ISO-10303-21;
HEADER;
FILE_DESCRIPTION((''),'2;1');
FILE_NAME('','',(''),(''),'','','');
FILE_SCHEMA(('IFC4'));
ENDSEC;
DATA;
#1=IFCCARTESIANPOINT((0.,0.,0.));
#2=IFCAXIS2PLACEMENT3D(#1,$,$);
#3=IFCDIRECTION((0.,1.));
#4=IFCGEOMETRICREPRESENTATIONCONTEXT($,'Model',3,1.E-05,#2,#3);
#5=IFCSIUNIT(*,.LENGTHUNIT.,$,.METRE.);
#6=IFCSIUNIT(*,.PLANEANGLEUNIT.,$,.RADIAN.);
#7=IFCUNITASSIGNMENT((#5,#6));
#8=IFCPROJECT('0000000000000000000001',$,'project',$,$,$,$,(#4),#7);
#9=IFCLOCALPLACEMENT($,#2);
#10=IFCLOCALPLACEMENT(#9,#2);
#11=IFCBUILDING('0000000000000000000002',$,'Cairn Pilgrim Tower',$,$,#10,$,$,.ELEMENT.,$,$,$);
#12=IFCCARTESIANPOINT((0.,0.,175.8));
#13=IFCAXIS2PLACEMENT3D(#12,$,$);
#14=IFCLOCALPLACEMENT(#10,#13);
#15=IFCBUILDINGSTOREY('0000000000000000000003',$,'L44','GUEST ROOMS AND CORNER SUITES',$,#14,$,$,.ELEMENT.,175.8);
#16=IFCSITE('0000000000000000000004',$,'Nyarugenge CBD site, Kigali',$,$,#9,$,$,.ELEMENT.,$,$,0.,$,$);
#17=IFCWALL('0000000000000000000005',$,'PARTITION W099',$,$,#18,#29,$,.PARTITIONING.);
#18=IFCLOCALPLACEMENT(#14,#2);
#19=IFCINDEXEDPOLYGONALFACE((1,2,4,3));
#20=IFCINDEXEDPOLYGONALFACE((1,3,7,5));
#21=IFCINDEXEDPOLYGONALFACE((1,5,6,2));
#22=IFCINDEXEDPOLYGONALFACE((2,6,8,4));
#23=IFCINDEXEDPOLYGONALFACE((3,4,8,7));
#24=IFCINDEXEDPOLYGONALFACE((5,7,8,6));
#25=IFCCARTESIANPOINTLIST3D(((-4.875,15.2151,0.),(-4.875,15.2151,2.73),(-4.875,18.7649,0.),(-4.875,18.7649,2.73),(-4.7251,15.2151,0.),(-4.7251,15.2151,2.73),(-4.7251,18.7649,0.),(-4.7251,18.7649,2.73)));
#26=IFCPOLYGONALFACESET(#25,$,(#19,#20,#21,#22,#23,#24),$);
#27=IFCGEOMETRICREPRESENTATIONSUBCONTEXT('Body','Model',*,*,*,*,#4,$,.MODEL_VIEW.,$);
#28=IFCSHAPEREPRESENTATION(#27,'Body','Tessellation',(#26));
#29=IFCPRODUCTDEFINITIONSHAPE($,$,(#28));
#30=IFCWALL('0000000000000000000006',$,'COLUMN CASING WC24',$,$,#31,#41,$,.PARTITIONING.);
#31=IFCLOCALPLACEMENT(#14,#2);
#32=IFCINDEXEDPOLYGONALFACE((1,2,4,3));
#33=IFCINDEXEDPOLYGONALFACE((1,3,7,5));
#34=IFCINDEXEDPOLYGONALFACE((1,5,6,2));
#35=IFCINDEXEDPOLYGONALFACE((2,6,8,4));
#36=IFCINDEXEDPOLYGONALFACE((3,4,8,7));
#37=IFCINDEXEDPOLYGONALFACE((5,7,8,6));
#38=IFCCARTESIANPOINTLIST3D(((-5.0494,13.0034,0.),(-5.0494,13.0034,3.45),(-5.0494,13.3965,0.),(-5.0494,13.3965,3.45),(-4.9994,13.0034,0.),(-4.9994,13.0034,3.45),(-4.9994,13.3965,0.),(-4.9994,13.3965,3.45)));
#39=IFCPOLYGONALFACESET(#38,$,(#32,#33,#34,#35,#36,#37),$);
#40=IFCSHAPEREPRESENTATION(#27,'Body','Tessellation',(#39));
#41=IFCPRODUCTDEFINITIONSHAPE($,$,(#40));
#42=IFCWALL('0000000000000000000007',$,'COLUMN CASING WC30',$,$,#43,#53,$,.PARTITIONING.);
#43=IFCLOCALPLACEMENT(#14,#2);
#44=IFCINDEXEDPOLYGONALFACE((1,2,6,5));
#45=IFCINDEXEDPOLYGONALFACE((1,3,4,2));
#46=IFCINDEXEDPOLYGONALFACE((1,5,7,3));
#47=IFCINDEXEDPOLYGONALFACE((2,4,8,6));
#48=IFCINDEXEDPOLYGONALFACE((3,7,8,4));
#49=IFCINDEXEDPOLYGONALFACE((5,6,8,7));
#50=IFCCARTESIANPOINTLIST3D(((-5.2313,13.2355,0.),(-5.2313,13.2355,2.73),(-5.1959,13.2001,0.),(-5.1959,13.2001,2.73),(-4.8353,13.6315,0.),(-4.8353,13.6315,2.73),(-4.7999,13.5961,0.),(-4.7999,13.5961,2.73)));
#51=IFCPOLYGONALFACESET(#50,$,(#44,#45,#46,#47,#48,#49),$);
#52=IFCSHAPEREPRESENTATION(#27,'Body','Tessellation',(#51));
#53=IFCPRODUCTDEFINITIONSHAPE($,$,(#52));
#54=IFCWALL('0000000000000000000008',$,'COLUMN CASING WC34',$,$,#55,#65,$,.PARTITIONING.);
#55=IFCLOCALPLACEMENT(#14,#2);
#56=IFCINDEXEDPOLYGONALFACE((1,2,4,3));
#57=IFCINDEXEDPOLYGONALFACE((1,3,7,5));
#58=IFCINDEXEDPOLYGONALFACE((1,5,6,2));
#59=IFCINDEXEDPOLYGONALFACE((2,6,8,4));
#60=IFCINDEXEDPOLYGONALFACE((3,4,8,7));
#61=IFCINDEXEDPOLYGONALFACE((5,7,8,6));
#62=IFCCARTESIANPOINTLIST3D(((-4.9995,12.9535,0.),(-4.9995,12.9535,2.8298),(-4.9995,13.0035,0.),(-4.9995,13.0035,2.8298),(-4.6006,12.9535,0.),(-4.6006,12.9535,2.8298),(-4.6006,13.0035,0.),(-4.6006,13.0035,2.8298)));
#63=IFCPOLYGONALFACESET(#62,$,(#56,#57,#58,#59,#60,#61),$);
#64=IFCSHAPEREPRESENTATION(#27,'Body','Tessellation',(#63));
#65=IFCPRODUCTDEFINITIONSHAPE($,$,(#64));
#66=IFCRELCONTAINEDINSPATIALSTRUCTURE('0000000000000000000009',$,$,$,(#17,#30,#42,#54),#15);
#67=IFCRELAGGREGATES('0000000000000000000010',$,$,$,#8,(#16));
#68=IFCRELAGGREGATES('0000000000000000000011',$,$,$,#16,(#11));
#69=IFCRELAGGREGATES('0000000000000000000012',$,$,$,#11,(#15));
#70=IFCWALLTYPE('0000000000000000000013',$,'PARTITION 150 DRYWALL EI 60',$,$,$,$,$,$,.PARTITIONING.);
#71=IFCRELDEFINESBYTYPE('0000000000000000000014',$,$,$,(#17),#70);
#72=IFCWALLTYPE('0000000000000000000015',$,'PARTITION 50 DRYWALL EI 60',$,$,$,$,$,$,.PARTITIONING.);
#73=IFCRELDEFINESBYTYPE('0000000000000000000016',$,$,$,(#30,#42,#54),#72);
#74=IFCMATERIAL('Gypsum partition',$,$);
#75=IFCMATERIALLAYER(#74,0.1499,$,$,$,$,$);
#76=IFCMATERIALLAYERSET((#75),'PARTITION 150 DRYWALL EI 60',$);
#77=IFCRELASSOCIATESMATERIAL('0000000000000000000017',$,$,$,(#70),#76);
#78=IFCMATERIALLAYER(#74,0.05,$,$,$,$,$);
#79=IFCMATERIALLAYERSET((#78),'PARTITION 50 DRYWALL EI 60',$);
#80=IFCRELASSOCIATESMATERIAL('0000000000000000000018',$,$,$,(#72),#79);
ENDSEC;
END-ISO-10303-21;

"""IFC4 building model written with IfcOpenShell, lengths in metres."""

from ifc_helpers import new_model, si_unit, direction, frame, frame_2d, origin, place, context, subcontext, project, spatial, rectangle, extrude, material, layer, layer_set, type_object, element, save


model = new_model("IFC4")

# Units and contexts
model_context = context("Model", 3, precision=1e-05, world=origin(), true_north=direction((0.0, 1.0)))
body_context = subcontext(model_context, "Body", "Model", "MODEL_VIEW")
ifc_project = project(units=[si_unit("LENGTHUNIT", "METRE"), si_unit("PLANEANGLEUNIT", "RADIAN")], contexts=[model_context])

# Site, building, storey
site_placement = place(None, origin())
site = spatial("IfcSite", under=ifc_project, at=site_placement, Name="Nyarugenge CBD site, Kigali", CompositionType="ELEMENT", RefElevation=0.0)
building_placement = place(site_placement, origin())
building = spatial("IfcBuilding", under=site, at=building_placement, Name="Cairn Pilgrim Tower", CompositionType="ELEMENT")
storey_placement = place(building_placement, frame((0.0, 0.0, 175.8)))
storey = spatial("IfcBuildingStorey", under=building, at=storey_placement, Name="L44", Description="GUEST ROOMS AND CORNER SUITES", CompositionType="ELEMENT", Elevation=175.8)

# Shared definitions
ifc_material_1 = material(Name="Gypsum partition")
ifc_layer_1 = layer(ifc_material_1, 0.1499)
ifc_layer_set_1 = layer_set([ifc_layer_1], Name="PARTITION 150 DRYWALL EI 60")
wall_type_1 = type_object("IfcWallType", Name="PARTITION 150 DRYWALL EI 60", PredefinedType="PARTITIONING", material=ifc_layer_set_1)

# Walls
wall_1_placement = place(storey_placement, frame((-4.8, 15.2151, 0.0), z_axis=(0.0, 0.0, 1.0), x_axis=(0.0, 1.0, 0.0)))
element("IfcWall", 1, at=wall_1_placement, inside=storey, type_object=wall_type_1, Name="PARTITION W099", PredefinedType="PARTITIONING", context=body_context, shape_type="SweptSolid", body=[
    extrude(rectangle(XDim=3.5498, YDim=0.1499, at=frame_2d((1.7749, 0.0))), origin(), (0.0, 0.0, 1.0), 2.73),
])
ifc_layer_2 = layer(ifc_material_1, 0.05)
ifc_layer_set_2 = layer_set([ifc_layer_2], Name="PARTITION 50 DRYWALL EI 60")
wall_type_2 = type_object("IfcWallType", Name="PARTITION 50 DRYWALL EI 60", PredefinedType="PARTITIONING", material=ifc_layer_set_2)
wall_2_placement = place(storey_placement, frame((-5.0244, 13.0034, 0.0), z_axis=(0.0, 0.0, 1.0), x_axis=(0.0, 1.0, 0.0)))
element("IfcWall", 2, at=wall_2_placement, inside=storey, type_object=wall_type_2, Name="COLUMN CASING WC24", PredefinedType="PARTITIONING", context=body_context, shape_type="SweptSolid", body=[
    extrude(rectangle(XDim=0.3931, YDim=0.05, at=frame_2d((0.1965, 0.0))), origin(), (0.0, 0.0, 1.0), 3.45),
])
wall_3_placement = place(storey_placement, frame((-5.2136, 13.2178, 0.0), z_axis=(0.0, 0.0, 1.0), x_axis=(0.707107, 0.707107, 0.0)))
element("IfcWall", 3, at=wall_3_placement, inside=storey, type_object=wall_type_2, Name="COLUMN CASING WC30", PredefinedType="PARTITIONING", context=body_context, shape_type="SweptSolid", body=[
    extrude(rectangle(XDim=0.5601, YDim=0.05, at=frame_2d((0.28, 0.0))), origin(), (0.0, 0.0, 1.0), 2.73),
])
wall_4_placement = place(storey_placement, frame((-4.9995, 12.9785, 0.0), z_axis=(0.0, 0.0, 1.0), x_axis=(1.0, 0.0, 0.0)))
element("IfcWall", 4, at=wall_4_placement, inside=storey, type_object=wall_type_2, Name="COLUMN CASING WC34", PredefinedType="PARTITIONING", context=body_context, shape_type="SweptSolid", body=[
    extrude(rectangle(XDim=0.3989, YDim=0.05, at=frame_2d((0.1995, 0.0))), origin(), (0.0, 0.0, 1.0), 2.8298),
])

save(model, "model.ifc")
